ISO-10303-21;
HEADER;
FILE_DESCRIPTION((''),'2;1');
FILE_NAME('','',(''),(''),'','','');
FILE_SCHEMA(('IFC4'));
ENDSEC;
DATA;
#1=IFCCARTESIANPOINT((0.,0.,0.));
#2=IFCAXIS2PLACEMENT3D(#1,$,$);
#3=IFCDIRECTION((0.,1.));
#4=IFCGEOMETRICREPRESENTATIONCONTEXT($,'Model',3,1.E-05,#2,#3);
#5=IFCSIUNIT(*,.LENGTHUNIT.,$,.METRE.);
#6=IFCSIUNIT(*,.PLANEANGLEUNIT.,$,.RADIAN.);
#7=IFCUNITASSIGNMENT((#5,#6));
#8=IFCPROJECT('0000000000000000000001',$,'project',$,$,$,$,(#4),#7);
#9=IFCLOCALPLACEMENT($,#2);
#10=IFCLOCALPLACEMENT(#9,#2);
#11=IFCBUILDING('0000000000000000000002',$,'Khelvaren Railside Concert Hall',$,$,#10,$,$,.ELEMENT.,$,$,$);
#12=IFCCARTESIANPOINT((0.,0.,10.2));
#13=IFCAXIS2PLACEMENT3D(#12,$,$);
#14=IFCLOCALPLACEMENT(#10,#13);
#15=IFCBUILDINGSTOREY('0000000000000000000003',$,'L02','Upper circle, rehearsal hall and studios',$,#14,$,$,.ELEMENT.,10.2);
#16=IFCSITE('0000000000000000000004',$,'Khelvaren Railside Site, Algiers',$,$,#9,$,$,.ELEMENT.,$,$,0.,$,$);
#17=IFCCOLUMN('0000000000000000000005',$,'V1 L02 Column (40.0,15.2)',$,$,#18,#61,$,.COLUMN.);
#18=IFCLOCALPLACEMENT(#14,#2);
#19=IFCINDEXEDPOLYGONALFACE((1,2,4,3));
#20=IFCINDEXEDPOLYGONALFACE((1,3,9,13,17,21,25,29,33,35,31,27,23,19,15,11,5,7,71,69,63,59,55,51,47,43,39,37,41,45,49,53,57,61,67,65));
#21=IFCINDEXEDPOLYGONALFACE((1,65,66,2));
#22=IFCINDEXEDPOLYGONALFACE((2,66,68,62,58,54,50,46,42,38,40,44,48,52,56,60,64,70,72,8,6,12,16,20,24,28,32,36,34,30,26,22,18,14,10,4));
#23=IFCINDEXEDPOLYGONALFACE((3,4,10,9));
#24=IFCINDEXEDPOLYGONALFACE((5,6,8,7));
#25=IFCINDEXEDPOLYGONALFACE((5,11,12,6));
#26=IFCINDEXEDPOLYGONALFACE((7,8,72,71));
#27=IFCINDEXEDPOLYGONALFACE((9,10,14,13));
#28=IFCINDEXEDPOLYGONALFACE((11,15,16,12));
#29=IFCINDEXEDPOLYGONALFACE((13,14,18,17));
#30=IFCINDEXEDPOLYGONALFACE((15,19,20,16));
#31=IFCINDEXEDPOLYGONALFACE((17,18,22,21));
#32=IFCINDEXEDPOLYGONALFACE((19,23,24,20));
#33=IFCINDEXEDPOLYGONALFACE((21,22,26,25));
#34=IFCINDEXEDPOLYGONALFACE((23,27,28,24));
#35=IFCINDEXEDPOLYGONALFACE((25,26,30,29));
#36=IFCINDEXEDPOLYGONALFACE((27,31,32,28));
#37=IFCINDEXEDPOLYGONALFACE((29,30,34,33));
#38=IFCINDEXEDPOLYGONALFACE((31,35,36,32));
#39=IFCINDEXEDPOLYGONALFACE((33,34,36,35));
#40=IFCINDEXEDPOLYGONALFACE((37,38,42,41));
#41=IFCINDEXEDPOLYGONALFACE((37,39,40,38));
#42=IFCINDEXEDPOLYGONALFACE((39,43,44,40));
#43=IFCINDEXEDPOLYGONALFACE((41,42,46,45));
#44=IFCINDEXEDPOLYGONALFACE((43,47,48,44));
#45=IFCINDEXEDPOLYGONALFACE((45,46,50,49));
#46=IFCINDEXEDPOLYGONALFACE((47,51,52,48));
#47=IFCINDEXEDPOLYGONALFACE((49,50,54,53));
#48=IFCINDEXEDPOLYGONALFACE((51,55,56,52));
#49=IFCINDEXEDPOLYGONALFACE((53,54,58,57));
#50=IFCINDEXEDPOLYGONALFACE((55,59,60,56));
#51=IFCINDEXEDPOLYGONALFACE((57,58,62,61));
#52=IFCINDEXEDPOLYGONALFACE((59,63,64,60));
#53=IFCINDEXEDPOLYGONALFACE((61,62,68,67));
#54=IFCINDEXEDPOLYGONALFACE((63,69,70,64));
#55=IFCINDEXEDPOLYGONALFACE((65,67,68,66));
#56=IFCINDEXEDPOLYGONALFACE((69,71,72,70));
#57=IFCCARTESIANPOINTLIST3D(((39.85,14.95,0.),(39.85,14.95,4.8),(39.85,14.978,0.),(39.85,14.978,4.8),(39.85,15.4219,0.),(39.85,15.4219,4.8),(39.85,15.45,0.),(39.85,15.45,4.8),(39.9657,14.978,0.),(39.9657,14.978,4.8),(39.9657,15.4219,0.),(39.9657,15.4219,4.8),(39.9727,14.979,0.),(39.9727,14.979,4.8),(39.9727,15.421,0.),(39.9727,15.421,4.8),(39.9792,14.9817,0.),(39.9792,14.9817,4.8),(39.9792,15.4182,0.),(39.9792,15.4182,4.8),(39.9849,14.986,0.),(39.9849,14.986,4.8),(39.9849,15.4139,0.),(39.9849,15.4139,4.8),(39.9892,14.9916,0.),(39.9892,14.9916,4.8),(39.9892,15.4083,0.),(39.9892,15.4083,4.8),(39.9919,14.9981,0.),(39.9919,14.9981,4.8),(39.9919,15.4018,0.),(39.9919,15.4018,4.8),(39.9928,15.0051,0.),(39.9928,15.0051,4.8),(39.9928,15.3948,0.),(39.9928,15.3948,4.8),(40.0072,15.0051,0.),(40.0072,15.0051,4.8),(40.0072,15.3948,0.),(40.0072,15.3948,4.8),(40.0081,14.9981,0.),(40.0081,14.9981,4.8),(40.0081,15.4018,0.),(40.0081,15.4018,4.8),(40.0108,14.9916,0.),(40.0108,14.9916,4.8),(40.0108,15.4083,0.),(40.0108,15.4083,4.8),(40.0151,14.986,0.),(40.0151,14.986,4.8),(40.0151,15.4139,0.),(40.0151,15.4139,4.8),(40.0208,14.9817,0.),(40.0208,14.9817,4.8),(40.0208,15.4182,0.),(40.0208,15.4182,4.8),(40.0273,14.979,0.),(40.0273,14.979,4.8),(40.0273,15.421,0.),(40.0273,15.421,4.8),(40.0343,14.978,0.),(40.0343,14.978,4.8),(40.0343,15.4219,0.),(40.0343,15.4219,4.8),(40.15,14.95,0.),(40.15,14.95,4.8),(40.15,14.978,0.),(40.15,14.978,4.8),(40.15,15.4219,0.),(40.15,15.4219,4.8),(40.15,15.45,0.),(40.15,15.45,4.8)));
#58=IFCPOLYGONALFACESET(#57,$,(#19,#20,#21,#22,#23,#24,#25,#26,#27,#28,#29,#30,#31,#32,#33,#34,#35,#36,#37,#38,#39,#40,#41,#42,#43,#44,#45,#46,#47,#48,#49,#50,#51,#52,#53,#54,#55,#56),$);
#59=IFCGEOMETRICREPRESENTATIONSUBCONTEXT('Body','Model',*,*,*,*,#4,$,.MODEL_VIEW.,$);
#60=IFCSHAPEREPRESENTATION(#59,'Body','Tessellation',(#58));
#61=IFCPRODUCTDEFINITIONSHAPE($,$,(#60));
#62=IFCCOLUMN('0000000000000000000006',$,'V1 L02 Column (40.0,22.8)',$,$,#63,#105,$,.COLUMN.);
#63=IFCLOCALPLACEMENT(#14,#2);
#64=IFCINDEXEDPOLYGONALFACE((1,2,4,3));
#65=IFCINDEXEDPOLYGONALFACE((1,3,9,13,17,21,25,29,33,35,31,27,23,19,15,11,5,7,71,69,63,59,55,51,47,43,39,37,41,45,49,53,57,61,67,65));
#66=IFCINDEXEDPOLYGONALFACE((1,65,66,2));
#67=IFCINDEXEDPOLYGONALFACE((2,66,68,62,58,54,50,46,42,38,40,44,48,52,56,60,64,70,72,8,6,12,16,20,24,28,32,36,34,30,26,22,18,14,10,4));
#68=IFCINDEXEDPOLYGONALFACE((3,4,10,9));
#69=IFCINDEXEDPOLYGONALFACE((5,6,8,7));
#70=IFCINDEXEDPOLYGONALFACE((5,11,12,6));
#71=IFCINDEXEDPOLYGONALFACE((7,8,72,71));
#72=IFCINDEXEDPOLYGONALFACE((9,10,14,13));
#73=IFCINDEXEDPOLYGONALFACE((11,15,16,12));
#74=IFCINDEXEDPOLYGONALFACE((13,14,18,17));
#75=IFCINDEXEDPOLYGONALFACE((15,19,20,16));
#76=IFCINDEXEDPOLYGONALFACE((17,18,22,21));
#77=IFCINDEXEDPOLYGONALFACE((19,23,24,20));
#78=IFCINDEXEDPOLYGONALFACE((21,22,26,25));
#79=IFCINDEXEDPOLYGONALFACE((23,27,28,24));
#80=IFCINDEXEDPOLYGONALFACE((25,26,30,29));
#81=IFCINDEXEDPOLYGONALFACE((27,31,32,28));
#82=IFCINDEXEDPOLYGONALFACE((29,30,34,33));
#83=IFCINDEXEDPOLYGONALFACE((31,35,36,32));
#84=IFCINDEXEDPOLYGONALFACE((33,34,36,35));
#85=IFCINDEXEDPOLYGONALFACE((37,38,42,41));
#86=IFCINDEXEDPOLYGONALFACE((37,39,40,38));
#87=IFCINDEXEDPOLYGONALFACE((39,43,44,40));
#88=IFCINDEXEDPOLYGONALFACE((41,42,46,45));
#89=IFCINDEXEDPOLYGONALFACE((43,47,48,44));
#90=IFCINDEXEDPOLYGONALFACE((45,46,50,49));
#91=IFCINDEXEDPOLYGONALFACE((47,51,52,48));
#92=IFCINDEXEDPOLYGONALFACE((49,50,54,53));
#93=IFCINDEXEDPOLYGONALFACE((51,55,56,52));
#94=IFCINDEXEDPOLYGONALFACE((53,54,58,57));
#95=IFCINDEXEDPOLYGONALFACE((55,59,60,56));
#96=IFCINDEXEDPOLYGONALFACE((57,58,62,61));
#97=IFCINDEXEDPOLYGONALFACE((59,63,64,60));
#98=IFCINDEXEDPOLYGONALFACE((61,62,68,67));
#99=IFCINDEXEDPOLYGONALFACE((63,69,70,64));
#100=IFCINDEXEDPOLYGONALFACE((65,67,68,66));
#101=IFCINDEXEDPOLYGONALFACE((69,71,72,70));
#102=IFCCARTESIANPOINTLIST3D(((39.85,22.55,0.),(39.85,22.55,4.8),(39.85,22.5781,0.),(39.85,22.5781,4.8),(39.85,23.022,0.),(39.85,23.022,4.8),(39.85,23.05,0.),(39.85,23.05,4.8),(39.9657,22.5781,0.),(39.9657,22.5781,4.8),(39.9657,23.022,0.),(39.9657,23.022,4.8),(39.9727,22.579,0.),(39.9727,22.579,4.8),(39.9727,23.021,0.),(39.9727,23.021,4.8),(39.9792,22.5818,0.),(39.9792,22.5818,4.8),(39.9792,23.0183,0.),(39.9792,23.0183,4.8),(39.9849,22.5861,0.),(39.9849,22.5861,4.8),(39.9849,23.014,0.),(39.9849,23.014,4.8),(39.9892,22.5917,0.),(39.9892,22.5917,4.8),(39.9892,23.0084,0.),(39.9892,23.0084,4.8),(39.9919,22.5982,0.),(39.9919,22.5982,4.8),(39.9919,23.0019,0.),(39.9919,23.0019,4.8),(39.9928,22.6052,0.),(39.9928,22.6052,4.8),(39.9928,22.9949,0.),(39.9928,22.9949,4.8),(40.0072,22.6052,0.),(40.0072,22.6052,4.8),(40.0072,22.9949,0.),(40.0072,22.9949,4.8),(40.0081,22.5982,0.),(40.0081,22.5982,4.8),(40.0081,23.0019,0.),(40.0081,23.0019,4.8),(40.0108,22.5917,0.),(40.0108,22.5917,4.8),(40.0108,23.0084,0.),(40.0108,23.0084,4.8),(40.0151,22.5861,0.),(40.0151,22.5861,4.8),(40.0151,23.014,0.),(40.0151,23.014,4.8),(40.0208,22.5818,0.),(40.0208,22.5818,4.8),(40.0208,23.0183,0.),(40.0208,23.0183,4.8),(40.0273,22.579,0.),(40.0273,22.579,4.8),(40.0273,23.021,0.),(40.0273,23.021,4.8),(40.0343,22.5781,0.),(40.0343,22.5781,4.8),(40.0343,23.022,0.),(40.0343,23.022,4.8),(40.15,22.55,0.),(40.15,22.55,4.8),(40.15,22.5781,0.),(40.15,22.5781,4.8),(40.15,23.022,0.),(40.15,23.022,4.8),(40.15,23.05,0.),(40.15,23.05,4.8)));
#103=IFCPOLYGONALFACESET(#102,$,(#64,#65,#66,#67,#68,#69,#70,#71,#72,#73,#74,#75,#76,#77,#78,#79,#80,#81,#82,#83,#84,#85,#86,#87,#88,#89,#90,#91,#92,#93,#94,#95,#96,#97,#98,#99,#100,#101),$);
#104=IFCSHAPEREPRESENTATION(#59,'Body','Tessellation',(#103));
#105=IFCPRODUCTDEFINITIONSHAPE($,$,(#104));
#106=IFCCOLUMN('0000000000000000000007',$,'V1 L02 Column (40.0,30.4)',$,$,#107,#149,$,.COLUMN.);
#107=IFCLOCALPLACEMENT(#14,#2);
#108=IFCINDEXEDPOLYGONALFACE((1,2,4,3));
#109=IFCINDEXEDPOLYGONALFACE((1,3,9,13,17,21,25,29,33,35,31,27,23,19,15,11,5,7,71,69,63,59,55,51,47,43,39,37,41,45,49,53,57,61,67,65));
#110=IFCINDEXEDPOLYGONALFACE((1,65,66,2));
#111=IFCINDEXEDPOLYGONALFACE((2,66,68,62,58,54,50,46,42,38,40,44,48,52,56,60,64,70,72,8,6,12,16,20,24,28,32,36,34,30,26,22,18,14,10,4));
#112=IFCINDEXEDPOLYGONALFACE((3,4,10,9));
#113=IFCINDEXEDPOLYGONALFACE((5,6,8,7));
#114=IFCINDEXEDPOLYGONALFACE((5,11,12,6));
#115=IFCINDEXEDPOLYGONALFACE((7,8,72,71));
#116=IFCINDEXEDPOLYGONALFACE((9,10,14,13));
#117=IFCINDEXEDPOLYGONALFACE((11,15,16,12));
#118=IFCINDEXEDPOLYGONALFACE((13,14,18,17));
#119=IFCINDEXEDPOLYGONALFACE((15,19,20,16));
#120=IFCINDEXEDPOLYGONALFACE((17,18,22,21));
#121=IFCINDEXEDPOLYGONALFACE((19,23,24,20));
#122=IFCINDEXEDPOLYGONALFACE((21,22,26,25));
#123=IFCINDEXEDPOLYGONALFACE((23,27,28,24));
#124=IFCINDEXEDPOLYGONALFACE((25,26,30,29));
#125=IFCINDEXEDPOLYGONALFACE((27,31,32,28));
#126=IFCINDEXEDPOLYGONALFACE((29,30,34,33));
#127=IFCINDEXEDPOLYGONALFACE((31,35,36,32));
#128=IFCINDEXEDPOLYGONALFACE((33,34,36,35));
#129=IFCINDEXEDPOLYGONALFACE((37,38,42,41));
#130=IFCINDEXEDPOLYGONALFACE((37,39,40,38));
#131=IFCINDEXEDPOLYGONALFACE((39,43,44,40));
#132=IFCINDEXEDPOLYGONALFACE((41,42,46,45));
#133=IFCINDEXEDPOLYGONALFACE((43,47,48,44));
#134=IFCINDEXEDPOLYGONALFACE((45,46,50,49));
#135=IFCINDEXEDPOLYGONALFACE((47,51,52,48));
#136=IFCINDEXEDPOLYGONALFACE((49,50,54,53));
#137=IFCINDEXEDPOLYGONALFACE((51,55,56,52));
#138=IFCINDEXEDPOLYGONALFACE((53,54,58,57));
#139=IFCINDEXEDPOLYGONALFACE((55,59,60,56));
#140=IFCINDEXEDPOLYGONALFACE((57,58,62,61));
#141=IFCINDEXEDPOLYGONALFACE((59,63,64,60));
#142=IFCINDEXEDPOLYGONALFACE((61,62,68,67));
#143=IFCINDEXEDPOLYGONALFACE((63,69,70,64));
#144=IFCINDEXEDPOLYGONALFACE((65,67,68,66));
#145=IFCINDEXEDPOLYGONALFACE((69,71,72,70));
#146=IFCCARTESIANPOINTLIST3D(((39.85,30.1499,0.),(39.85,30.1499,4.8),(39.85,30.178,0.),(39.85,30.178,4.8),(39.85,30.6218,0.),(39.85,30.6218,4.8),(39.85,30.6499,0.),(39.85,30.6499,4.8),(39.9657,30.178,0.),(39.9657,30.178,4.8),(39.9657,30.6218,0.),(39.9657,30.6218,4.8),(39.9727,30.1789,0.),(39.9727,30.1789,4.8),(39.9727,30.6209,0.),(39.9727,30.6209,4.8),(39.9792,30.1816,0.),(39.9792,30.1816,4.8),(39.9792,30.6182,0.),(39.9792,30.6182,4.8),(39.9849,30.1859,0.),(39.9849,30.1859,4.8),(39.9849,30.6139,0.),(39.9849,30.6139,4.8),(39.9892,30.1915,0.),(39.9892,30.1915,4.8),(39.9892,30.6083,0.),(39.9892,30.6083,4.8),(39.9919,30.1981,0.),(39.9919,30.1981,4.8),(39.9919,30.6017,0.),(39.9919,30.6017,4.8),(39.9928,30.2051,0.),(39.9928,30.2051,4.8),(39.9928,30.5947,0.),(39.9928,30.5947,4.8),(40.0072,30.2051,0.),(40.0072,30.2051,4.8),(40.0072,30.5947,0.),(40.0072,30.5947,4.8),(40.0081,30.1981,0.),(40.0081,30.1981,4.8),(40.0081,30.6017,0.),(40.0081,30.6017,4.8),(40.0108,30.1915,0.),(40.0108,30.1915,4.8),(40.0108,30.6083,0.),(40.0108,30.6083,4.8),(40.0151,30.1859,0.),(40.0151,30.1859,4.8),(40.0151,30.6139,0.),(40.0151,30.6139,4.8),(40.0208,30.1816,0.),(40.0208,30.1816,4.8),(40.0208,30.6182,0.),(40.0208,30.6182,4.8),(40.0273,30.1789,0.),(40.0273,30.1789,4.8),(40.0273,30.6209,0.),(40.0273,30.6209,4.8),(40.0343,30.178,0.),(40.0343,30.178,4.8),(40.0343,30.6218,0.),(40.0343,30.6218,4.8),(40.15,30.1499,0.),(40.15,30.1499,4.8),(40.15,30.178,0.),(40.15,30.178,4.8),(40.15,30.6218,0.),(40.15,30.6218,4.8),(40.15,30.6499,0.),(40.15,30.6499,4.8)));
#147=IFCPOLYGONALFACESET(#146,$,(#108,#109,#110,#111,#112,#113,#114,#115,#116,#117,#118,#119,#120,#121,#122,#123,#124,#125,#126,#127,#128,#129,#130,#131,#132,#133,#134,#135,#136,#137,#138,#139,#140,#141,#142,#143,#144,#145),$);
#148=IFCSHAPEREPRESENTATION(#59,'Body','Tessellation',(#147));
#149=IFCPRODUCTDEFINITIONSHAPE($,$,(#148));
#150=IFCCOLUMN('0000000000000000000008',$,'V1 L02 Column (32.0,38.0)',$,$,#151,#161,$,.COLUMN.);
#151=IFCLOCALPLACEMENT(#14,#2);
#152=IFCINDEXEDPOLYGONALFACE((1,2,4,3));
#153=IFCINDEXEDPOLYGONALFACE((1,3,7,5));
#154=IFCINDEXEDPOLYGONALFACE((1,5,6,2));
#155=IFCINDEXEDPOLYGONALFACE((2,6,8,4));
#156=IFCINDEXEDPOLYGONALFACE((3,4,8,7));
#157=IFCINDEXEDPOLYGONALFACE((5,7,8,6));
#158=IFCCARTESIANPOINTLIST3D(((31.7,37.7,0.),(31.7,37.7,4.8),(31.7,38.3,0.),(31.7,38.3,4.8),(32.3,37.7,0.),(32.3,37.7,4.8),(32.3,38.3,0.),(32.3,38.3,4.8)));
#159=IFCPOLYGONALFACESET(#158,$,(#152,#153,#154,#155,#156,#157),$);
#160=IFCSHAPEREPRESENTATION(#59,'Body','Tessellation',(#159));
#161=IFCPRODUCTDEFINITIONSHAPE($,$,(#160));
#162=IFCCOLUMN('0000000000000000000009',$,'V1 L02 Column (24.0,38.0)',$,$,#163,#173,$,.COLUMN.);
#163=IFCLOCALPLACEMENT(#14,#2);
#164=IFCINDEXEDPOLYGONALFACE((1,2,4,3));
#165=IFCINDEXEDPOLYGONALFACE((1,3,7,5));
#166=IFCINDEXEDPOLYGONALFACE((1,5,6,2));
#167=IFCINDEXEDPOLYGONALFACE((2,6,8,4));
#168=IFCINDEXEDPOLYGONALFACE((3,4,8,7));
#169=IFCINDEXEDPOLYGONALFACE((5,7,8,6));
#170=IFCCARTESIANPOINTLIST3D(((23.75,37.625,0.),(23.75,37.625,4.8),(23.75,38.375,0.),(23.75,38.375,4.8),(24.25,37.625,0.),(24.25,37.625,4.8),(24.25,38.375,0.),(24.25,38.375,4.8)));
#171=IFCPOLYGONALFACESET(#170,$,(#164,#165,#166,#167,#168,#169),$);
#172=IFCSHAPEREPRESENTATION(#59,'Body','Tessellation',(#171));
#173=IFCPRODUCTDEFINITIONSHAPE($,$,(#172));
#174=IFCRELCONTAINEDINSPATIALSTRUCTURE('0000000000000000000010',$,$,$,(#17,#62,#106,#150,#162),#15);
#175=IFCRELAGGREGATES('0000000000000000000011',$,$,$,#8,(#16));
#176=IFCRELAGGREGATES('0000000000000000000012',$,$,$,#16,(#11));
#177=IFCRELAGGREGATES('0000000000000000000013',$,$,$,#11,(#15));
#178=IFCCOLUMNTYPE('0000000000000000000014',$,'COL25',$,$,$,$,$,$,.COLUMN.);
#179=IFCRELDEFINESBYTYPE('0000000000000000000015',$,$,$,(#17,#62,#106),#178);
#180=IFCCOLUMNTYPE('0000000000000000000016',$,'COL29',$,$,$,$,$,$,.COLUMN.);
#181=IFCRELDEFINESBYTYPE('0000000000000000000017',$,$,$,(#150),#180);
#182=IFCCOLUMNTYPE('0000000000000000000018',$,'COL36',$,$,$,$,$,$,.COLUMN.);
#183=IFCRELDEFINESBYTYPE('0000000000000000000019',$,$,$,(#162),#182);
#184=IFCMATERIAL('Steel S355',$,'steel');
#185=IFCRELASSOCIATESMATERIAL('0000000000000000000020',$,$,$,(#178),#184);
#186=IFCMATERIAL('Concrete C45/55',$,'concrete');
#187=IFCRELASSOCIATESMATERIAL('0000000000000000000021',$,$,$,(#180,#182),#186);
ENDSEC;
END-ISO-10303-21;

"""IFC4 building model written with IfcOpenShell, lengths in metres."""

from ifc_helpers import new_model, si_unit, direction, frame, origin, origin_2d, place, context, subcontext, project, spatial, rectangle, i_section, extrude, material, material_profile, profile_set, type_object, element, save


model = new_model("IFC4")

# Units and contexts
model_context = context("Model", 3, precision=1e-05, world=origin(), true_north=direction((0.0, 1.0)))
body_context = subcontext(model_context, "Body", "Model", "MODEL_VIEW")
ifc_project = project(units=[si_unit("LENGTHUNIT", "METRE"), si_unit("PLANEANGLEUNIT", "RADIAN")], contexts=[model_context])

# Site, building, storey
site_placement = place(None, origin())
site = spatial("IfcSite", under=ifc_project, at=site_placement, Name="Khelvaren Railside Site, Algiers", CompositionType="ELEMENT", RefElevation=0.0)
building_placement = place(site_placement, origin())
building = spatial("IfcBuilding", under=site, at=building_placement, Name="Khelvaren Railside Concert Hall", CompositionType="ELEMENT")
storey_placement = place(building_placement, frame((0.0, 0.0, 10.2)))
storey = spatial("IfcBuildingStorey", under=building, at=storey_placement, Name="L02", Description="Upper circle, rehearsal hall and studios", CompositionType="ELEMENT", Elevation=10.2)

# Columns
ifc_material_1 = material(Name="Steel S355", Category="steel")
ifc_material_profile_1 = material_profile(ifc_material_1, i_section(OverallWidth=0.3, OverallDepth=0.5, WebThickness=0.0144, FlangeThickness=0.0281, FilletRadius=0.0271, at=origin_2d()), Name="HEB 500")
ifc_profile_set_1 = profile_set([ifc_material_profile_1], Name="Steel S355")
column_type_1 = type_object("IfcColumnType", Name="COL25", PredefinedType="COLUMN", material=ifc_profile_set_1)
for number, where, z_axis, x_axis, name in (
    (1, (40.0, 15.2, 0.0), (0.0, 0.0, 1.0), (1.0, 0.0, 0.0), "V1 L02 Column (40.0,15.2)"),
    (2, (40.0, 22.8, 0.0), (0.0, 0.0, 1.0), (1.0, 0.0, 0.0), "V1 L02 Column (40.0,22.8)"),
    (3, (40.0, 30.3999, 0.0), (0.0, 0.0, 1.0), (1.0, 0.0, 0.0), "V1 L02 Column (40.0,30.4)"),
):
    element("IfcColumn", number, at=place(storey_placement, frame(where, z_axis=z_axis, x_axis=x_axis)), inside=storey, type_object=column_type_1, Name=name, PredefinedType="COLUMN", context=body_context, shape_type="SweptSolid", body=[
        extrude(i_section(OverallWidth=0.3, OverallDepth=0.5, WebThickness=0.0144, FlangeThickness=0.0281, FilletRadius=0.0271, at=origin_2d()), origin(), (0.0, 0.0, 1.0), 4.8),
    ])
ifc_material_2 = material(Name="Concrete C45/55", Category="concrete")
ifc_material_profile_2 = material_profile(ifc_material_2, rectangle(XDim=0.6001, YDim=0.6001, at=origin_2d()), Name="RC 600x600")
ifc_profile_set_2 = profile_set([ifc_material_profile_2], Name="Concrete C45/55")
column_type_2 = type_object("IfcColumnType", Name="COL29", PredefinedType="COLUMN", material=ifc_profile_set_2)
column_1_placement = place(storey_placement, frame((32.0, 38.0, 0.0), z_axis=(0.0, 0.0, 1.0), x_axis=(1.0, 0.0, 0.0)))
element("IfcColumn", 4, at=column_1_placement, inside=storey, type_object=column_type_2, Name="V1 L02 Column (32.0,38.0)", PredefinedType="COLUMN", context=body_context, shape_type="SweptSolid", body=[
    extrude(rectangle(XDim=0.6001, YDim=0.6001, at=origin_2d()), origin(), (0.0, 0.0, 1.0), 4.8),
])
ifc_material_profile_3 = material_profile(ifc_material_2, rectangle(XDim=0.5, YDim=0.75, at=origin_2d()), Name="RC 500x750")
ifc_profile_set_3 = profile_set([ifc_material_profile_3], Name="Concrete C45/55")
column_type_3 = type_object("IfcColumnType", Name="COL36", PredefinedType="COLUMN", material=ifc_profile_set_3)
column_2_placement = place(storey_placement, frame((24.0, 38.0, 0.0), z_axis=(0.0, 0.0, 1.0), x_axis=(1.0, 0.0, 0.0)))
element("IfcColumn", 5, at=column_2_placement, inside=storey, type_object=column_type_3, Name="V1 L02 Column (24.0,38.0)", PredefinedType="COLUMN", context=body_context, shape_type="SweptSolid", body=[
    extrude(rectangle(XDim=0.5, YDim=0.75, at=origin_2d()), origin(), (0.0, 0.0, 1.0), 4.8),
])

save(model, "model.ifc")
